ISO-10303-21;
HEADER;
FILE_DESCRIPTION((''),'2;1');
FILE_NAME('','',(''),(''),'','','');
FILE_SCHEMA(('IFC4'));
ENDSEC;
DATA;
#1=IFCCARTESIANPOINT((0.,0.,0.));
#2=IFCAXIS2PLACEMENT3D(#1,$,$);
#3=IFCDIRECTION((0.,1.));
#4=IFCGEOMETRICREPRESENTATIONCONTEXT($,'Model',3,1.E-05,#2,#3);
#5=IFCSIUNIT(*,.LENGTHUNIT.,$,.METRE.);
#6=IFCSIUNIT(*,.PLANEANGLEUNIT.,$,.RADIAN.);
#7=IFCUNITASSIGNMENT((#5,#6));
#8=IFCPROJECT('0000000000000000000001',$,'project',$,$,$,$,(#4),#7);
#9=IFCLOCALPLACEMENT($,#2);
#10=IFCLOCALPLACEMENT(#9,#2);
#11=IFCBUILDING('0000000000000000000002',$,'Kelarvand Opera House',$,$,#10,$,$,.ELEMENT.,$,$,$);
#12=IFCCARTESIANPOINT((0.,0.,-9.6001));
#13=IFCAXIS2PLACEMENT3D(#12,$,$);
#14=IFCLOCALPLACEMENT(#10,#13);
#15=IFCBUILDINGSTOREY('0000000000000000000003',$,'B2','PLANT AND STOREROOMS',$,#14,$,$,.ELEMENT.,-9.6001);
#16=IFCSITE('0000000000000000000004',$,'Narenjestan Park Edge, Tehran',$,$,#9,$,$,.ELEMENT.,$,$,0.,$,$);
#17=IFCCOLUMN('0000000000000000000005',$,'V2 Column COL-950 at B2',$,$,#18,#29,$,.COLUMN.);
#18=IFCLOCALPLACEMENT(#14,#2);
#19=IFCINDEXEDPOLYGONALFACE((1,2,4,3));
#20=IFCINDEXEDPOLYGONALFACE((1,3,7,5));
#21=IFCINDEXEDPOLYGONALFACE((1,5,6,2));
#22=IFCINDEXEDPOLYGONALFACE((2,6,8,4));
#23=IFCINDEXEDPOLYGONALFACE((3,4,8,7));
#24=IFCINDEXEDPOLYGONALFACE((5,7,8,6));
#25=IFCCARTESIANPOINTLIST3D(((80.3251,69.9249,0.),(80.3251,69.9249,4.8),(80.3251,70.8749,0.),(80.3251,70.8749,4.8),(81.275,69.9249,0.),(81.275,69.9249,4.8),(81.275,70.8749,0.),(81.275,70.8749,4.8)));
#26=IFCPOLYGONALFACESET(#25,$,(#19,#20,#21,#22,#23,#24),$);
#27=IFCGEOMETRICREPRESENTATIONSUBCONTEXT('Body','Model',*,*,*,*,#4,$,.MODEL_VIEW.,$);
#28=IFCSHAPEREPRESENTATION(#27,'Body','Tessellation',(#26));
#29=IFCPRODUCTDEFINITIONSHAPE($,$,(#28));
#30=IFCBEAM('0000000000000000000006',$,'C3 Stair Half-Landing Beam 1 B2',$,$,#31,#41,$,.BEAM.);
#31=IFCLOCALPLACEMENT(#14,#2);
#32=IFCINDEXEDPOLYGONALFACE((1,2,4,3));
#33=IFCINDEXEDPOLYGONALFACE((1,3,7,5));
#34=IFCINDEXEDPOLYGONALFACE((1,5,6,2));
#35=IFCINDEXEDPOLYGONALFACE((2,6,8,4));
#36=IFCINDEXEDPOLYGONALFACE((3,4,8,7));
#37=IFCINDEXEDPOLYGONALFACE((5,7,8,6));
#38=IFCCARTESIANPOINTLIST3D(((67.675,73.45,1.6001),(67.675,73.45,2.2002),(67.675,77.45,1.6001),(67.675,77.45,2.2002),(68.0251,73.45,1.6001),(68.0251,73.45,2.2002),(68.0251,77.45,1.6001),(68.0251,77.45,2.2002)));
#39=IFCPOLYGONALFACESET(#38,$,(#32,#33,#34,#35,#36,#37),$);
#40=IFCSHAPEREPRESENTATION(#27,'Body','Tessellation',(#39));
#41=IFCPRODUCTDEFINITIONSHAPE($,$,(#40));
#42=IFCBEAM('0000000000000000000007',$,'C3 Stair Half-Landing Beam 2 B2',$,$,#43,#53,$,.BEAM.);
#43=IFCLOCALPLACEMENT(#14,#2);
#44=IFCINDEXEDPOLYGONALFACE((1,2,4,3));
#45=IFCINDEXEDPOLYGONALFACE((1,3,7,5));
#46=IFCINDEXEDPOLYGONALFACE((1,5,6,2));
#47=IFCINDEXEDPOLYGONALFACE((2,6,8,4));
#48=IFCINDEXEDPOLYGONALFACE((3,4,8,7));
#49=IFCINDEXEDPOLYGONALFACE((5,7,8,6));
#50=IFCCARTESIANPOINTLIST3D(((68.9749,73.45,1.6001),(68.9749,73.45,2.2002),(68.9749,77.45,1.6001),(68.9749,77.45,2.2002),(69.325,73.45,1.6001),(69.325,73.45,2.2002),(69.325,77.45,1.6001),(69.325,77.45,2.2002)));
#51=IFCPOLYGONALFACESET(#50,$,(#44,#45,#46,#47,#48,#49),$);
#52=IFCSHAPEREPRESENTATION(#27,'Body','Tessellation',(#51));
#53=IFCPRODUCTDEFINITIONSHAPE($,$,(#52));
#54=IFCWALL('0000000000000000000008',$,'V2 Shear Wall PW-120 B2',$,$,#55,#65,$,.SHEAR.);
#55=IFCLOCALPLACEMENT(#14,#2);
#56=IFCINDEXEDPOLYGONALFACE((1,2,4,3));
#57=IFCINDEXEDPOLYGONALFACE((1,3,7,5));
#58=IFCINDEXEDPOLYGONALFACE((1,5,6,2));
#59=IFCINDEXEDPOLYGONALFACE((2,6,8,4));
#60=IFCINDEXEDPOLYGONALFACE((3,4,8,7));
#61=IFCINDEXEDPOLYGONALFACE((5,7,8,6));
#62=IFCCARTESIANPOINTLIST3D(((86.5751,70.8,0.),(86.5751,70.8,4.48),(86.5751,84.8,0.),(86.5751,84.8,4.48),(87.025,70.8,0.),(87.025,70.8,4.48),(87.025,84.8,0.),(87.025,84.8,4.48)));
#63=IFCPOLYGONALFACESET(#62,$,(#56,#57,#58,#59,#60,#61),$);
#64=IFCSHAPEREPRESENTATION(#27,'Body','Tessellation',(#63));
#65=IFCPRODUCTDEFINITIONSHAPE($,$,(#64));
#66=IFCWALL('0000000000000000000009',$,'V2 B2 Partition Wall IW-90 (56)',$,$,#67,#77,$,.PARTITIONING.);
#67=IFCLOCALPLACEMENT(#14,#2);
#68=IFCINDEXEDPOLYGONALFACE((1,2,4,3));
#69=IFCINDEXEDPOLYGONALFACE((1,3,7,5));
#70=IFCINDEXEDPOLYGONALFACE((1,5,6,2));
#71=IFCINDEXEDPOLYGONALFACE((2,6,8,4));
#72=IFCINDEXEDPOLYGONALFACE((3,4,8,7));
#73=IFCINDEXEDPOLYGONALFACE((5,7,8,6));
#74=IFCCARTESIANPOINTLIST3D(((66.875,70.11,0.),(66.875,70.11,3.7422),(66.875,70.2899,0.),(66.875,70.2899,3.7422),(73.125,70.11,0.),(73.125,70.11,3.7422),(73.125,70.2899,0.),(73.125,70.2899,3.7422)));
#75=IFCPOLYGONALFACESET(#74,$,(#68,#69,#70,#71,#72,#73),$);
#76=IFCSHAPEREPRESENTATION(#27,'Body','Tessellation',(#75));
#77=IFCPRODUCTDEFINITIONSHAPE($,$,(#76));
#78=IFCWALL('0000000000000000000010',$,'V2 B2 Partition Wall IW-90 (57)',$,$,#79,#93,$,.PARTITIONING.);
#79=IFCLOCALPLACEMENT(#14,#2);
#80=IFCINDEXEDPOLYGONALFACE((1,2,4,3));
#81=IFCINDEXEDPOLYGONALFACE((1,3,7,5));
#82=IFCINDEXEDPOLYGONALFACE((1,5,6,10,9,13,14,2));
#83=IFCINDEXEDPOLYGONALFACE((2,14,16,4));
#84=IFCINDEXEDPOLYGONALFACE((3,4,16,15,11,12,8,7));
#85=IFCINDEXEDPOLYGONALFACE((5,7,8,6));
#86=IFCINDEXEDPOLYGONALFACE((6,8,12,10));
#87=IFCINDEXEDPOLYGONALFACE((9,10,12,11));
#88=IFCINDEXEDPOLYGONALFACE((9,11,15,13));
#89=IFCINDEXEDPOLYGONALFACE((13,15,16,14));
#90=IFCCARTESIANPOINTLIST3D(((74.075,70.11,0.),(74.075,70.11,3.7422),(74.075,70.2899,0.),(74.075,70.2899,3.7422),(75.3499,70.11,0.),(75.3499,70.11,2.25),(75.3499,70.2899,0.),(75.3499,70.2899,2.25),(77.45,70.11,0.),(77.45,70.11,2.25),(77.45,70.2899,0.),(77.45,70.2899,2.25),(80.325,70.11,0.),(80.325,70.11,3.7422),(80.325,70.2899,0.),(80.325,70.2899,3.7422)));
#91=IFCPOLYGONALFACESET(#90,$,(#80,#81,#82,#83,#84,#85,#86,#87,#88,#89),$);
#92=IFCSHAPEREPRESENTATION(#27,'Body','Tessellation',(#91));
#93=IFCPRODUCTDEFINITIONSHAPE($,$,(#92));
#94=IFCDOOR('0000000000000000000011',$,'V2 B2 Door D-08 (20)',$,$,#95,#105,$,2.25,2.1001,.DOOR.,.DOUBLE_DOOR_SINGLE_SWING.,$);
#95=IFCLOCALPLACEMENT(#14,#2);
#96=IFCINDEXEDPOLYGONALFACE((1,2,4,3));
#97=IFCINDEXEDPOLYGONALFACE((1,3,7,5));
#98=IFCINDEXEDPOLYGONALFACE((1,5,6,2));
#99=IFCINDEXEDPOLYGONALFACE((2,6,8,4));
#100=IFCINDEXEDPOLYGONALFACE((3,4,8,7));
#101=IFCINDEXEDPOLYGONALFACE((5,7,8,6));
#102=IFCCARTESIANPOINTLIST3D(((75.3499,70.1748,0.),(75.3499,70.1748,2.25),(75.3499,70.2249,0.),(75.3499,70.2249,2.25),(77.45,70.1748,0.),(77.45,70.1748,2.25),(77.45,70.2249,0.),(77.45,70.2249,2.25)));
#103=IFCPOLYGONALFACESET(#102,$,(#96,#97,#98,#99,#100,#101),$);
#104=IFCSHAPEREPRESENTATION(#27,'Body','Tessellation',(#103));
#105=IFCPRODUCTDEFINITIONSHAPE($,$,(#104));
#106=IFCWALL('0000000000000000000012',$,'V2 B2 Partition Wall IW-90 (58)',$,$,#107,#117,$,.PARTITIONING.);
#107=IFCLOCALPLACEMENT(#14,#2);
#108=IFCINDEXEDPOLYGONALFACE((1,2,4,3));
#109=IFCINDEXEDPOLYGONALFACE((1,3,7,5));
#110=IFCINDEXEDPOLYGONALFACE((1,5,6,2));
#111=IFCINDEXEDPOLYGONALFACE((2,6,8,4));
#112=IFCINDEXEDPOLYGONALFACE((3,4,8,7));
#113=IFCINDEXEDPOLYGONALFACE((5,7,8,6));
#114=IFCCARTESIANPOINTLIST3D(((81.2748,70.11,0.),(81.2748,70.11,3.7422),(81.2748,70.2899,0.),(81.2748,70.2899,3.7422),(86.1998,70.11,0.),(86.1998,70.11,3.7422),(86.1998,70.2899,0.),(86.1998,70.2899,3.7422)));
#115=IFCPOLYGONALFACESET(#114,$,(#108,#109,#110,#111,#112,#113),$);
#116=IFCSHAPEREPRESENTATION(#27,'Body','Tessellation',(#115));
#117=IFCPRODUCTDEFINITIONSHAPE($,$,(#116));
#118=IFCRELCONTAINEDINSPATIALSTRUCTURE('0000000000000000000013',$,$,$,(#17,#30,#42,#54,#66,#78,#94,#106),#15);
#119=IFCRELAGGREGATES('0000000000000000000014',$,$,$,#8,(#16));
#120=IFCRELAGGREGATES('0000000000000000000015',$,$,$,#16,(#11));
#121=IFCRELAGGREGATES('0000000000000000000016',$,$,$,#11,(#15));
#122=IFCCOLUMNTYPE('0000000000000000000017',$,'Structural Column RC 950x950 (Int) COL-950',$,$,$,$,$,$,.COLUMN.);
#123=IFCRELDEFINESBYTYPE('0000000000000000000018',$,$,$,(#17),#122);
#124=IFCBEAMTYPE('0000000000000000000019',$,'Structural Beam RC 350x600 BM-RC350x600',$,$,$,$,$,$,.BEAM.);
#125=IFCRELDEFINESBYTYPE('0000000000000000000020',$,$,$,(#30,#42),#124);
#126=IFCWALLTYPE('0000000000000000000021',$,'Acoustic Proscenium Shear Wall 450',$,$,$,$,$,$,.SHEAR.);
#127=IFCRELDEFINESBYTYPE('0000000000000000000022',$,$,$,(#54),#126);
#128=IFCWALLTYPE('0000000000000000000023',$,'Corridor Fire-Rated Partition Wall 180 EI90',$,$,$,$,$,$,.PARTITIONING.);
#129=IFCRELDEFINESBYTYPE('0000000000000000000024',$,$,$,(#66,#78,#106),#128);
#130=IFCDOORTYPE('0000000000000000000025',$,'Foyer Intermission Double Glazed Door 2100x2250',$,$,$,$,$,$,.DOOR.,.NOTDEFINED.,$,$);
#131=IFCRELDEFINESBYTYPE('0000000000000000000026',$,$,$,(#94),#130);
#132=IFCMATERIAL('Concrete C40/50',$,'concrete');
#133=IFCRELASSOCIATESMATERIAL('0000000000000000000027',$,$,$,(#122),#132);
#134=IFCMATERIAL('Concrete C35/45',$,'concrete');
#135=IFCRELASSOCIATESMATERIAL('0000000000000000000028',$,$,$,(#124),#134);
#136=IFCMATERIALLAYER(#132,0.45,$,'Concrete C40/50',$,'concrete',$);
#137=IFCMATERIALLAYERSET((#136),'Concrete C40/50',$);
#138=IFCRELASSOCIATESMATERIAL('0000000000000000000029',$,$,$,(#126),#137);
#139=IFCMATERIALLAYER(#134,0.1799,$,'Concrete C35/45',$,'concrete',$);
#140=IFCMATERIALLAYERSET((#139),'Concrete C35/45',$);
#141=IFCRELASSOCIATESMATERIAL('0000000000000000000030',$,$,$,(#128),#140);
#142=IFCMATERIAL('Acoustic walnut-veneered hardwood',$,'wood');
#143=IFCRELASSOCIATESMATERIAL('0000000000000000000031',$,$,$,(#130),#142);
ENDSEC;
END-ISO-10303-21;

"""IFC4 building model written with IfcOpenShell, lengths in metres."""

from ifc_helpers import new_model, si_unit, direction, frame, frame_2d, origin, origin_2d, place, context, subcontext, project, spatial, rectangle, extrude, material, layer, layer_set, material_profile, profile_set, type_object, element, fill, save


model = new_model("IFC4")

# Units and contexts
model_context = context("Model", 3, precision=1e-05, world=origin(), true_north=direction((0.0, 1.0)))
body_context = subcontext(model_context, "Body", "Model", "MODEL_VIEW")
ifc_project = project(units=[si_unit("LENGTHUNIT", "METRE"), si_unit("PLANEANGLEUNIT", "RADIAN")], contexts=[model_context])

# Site, building, storey
site_placement = place(None, origin())
site = spatial("IfcSite", under=ifc_project, at=site_placement, Name="Narenjestan Park Edge, Tehran", CompositionType="ELEMENT", RefElevation=0.0)
building_placement = place(site_placement, origin())
building = spatial("IfcBuilding", under=site, at=building_placement, Name="Kelarvand Opera House", CompositionType="ELEMENT")
storey_placement = place(building_placement, frame((0.0, 0.0, -9.6001)))
storey = spatial("IfcBuildingStorey", under=building, at=storey_placement, Name="B2", Description="PLANT AND STOREROOMS", CompositionType="ELEMENT", Elevation=-9.6001)

# Shared definitions
ifc_material_1 = material(Name="Concrete C40/50", Category="concrete")

# Column
ifc_material_profile_1 = material_profile(ifc_material_1, rectangle(XDim=0.95, YDim=0.95, at=origin_2d()), Name="RC 950x950", Category="concrete")
ifc_profile_set_1 = profile_set([ifc_material_profile_1], Name="Concrete C40/50")
column_type = type_object("IfcColumnType", Name="Structural Column RC 950x950 (Int) COL-950", PredefinedType="COLUMN", material=ifc_profile_set_1)
for number, where, z_axis, x_axis, name in (
    (1, (80.8, 70.3999, 0.0), (0.0, 0.0, 1.0), (1.0, 0.0, 0.0), "V2 Column COL-950 at B2"),
):
    element("IfcColumn", number, at=place(storey_placement, frame(where, z_axis=z_axis, x_axis=x_axis)), inside=storey, type_object=column_type, Name=name, PredefinedType="COLUMN", context=body_context, shape_type="SweptSolid", body=[
        extrude(rectangle(XDim=0.95, YDim=0.95, at=origin_2d()), origin(), (0.0, 0.0, 1.0), 4.8),
    ])

# Beams
ifc_material_2 = material(Name="Concrete C35/45", Category="concrete")
ifc_material_profile_2 = material_profile(ifc_material_2, rectangle(XDim=0.3501, YDim=0.6001, at=origin_2d()), Name="RC 350x600", Category="concrete")
ifc_profile_set_2 = profile_set([ifc_material_profile_2], Name="Concrete C35/45")
beam_type = type_object("IfcBeamType", Name="Structural Beam RC 350x600 BM-RC350x600", PredefinedType="BEAM", material=ifc_profile_set_2)
for number, where, z_axis, x_axis, name in (
    (2, (67.8501, 73.45, 1.9001), (0.0, 1.0, 0.0), (-1.0, 0.0, 0.0), "C3 Stair Half-Landing Beam 1 B2"),
    (3, (69.1499, 73.45, 1.9001), (0.0, 1.0, 0.0), (-1.0, 0.0, 0.0), "C3 Stair Half-Landing Beam 2 B2"),
):
    element("IfcBeam", number, at=place(storey_placement, frame(where, z_axis=z_axis, x_axis=x_axis)), inside=storey, type_object=beam_type, Name=name, PredefinedType="BEAM", context=body_context, shape_type="SweptSolid", body=[
        extrude(rectangle(XDim=0.3501, YDim=0.6001, at=origin_2d()), origin(), (0.0, 0.0, 1.0), 4.0),
    ])

# Walls
ifc_layer_1 = layer(ifc_material_1, 0.45, Name="Concrete C40/50", Category="concrete")
ifc_layer_set_1 = layer_set([ifc_layer_1], Name="Concrete C40/50")
wall_type_1 = type_object("IfcWallType", Name="Acoustic Proscenium Shear Wall 450", PredefinedType="SHEAR", material=ifc_layer_set_1)
wall_1_placement = place(storey_placement, frame((86.8, 70.8, 0.0), z_axis=(0.0, 0.0, 1.0), x_axis=(0.0, 1.0, 0.0)))
element("IfcWall", 4, at=wall_1_placement, inside=storey, type_object=wall_type_1, Name="V2 Shear Wall PW-120 B2", PredefinedType="SHEAR", context=body_context, shape_type="SweptSolid", body=[
    extrude(rectangle(XDim=14.0, YDim=0.45, at=frame_2d((7.0, 0.0))), origin(), (0.0, 0.0, 1.0), 4.48),
])
ifc_layer_2 = layer(ifc_material_2, 0.1799, Name="Concrete C35/45", Category="concrete")
ifc_layer_set_2 = layer_set([ifc_layer_2], Name="Concrete C35/45")
wall_type_2 = type_object("IfcWallType", Name="Corridor Fire-Rated Partition Wall 180 EI90", PredefinedType="PARTITIONING", material=ifc_layer_set_2)
wall_2_placement = place(storey_placement, frame((66.875, 70.2, 0.0), z_axis=(0.0, 0.0, 1.0), x_axis=(1.0, 0.0, 0.0)))
element("IfcWall", 5, at=wall_2_placement, inside=storey, type_object=wall_type_2, Name="V2 B2 Partition Wall IW-90 (56)", PredefinedType="PARTITIONING", context=body_context, shape_type="SweptSolid", body=[
    extrude(rectangle(XDim=6.25, YDim=0.1799, at=frame_2d((3.125, 0.0))), origin(), (0.0, 0.0, 1.0), 3.7422),
])

# Wall, opening, door
wall_3_placement = place(storey_placement, frame((74.075, 70.2, 0.0), z_axis=(0.0, 0.0, 1.0), x_axis=(1.0, 0.0, 0.0)))
wall_3 = element("IfcWall", 6, at=wall_3_placement, inside=storey, type_object=wall_type_2, Name="V2 B2 Partition Wall IW-90 (57)", PredefinedType="PARTITIONING", context=body_context, shape_type="SweptSolid", body=[
    extrude(rectangle(XDim=6.25, YDim=0.1799, at=frame_2d((3.125, 0.0))), origin(), (0.0, 0.0, 1.0), 3.7422),
])
opening_placement = place(wall_3_placement, frame((1.2749, 0.0, 0.0)))
opening = element("IfcOpeningElement", 7, at=opening_placement, cuts=wall_3, PredefinedType="OPENING", context=body_context, shape_type="SweptSolid", body=[
    extrude(rectangle(XDim=2.1001, YDim=2.25, at=frame_2d((1.05, 1.125))), frame((0.0, 0.1001, 0.0), z_axis=(0.0, -1.0, 0.0), x_axis=(1.0, 0.0, 0.0)), (0.0, 0.0, 1.0), 0.2),
])
ifc_material_3 = material(Name="Acoustic walnut-veneered hardwood", Category="wood")
door_type = type_object("IfcDoorType", Name="Foyer Intermission Double Glazed Door 2100x2250", OperationType="NOTDEFINED", PredefinedType="DOOR", material=ifc_material_3)
door_placement = place(opening_placement, origin())
door = element("IfcDoor", 8, at=door_placement, inside=storey, type_object=door_type, Name="V2 B2 Door D-08 (20)", OperationType="DOUBLE_DOOR_SINGLE_SWING", OverallHeight=2.25, OverallWidth=2.1001, PredefinedType="DOOR", context=body_context, shape_type="SweptSolid", body=[
    extrude(rectangle(XDim=2.1001, YDim=2.25, at=frame_2d((1.05, 1.125))), frame((0.0, 0.0249, 0.0), z_axis=(0.0, -1.0, 0.0), x_axis=(1.0, 0.0, 0.0)), (0.0, 0.0, 1.0), 0.05),
])
fill(opening, door)

# Wall
wall_4_placement = place(storey_placement, frame((81.2749, 70.2, 0.0), z_axis=(0.0, 0.0, 1.0), x_axis=(1.0, 0.0, 0.0)))
element("IfcWall", 9, at=wall_4_placement, inside=storey, type_object=wall_type_2, Name="V2 B2 Partition Wall IW-90 (58)", PredefinedType="PARTITIONING", context=body_context, shape_type="SweptSolid", body=[
    extrude(rectangle(XDim=4.925, YDim=0.1799, at=frame_2d((2.4624, 0.0))), origin(), (0.0, 0.0, 1.0), 3.7422),
])

save(model, "model.ifc")
